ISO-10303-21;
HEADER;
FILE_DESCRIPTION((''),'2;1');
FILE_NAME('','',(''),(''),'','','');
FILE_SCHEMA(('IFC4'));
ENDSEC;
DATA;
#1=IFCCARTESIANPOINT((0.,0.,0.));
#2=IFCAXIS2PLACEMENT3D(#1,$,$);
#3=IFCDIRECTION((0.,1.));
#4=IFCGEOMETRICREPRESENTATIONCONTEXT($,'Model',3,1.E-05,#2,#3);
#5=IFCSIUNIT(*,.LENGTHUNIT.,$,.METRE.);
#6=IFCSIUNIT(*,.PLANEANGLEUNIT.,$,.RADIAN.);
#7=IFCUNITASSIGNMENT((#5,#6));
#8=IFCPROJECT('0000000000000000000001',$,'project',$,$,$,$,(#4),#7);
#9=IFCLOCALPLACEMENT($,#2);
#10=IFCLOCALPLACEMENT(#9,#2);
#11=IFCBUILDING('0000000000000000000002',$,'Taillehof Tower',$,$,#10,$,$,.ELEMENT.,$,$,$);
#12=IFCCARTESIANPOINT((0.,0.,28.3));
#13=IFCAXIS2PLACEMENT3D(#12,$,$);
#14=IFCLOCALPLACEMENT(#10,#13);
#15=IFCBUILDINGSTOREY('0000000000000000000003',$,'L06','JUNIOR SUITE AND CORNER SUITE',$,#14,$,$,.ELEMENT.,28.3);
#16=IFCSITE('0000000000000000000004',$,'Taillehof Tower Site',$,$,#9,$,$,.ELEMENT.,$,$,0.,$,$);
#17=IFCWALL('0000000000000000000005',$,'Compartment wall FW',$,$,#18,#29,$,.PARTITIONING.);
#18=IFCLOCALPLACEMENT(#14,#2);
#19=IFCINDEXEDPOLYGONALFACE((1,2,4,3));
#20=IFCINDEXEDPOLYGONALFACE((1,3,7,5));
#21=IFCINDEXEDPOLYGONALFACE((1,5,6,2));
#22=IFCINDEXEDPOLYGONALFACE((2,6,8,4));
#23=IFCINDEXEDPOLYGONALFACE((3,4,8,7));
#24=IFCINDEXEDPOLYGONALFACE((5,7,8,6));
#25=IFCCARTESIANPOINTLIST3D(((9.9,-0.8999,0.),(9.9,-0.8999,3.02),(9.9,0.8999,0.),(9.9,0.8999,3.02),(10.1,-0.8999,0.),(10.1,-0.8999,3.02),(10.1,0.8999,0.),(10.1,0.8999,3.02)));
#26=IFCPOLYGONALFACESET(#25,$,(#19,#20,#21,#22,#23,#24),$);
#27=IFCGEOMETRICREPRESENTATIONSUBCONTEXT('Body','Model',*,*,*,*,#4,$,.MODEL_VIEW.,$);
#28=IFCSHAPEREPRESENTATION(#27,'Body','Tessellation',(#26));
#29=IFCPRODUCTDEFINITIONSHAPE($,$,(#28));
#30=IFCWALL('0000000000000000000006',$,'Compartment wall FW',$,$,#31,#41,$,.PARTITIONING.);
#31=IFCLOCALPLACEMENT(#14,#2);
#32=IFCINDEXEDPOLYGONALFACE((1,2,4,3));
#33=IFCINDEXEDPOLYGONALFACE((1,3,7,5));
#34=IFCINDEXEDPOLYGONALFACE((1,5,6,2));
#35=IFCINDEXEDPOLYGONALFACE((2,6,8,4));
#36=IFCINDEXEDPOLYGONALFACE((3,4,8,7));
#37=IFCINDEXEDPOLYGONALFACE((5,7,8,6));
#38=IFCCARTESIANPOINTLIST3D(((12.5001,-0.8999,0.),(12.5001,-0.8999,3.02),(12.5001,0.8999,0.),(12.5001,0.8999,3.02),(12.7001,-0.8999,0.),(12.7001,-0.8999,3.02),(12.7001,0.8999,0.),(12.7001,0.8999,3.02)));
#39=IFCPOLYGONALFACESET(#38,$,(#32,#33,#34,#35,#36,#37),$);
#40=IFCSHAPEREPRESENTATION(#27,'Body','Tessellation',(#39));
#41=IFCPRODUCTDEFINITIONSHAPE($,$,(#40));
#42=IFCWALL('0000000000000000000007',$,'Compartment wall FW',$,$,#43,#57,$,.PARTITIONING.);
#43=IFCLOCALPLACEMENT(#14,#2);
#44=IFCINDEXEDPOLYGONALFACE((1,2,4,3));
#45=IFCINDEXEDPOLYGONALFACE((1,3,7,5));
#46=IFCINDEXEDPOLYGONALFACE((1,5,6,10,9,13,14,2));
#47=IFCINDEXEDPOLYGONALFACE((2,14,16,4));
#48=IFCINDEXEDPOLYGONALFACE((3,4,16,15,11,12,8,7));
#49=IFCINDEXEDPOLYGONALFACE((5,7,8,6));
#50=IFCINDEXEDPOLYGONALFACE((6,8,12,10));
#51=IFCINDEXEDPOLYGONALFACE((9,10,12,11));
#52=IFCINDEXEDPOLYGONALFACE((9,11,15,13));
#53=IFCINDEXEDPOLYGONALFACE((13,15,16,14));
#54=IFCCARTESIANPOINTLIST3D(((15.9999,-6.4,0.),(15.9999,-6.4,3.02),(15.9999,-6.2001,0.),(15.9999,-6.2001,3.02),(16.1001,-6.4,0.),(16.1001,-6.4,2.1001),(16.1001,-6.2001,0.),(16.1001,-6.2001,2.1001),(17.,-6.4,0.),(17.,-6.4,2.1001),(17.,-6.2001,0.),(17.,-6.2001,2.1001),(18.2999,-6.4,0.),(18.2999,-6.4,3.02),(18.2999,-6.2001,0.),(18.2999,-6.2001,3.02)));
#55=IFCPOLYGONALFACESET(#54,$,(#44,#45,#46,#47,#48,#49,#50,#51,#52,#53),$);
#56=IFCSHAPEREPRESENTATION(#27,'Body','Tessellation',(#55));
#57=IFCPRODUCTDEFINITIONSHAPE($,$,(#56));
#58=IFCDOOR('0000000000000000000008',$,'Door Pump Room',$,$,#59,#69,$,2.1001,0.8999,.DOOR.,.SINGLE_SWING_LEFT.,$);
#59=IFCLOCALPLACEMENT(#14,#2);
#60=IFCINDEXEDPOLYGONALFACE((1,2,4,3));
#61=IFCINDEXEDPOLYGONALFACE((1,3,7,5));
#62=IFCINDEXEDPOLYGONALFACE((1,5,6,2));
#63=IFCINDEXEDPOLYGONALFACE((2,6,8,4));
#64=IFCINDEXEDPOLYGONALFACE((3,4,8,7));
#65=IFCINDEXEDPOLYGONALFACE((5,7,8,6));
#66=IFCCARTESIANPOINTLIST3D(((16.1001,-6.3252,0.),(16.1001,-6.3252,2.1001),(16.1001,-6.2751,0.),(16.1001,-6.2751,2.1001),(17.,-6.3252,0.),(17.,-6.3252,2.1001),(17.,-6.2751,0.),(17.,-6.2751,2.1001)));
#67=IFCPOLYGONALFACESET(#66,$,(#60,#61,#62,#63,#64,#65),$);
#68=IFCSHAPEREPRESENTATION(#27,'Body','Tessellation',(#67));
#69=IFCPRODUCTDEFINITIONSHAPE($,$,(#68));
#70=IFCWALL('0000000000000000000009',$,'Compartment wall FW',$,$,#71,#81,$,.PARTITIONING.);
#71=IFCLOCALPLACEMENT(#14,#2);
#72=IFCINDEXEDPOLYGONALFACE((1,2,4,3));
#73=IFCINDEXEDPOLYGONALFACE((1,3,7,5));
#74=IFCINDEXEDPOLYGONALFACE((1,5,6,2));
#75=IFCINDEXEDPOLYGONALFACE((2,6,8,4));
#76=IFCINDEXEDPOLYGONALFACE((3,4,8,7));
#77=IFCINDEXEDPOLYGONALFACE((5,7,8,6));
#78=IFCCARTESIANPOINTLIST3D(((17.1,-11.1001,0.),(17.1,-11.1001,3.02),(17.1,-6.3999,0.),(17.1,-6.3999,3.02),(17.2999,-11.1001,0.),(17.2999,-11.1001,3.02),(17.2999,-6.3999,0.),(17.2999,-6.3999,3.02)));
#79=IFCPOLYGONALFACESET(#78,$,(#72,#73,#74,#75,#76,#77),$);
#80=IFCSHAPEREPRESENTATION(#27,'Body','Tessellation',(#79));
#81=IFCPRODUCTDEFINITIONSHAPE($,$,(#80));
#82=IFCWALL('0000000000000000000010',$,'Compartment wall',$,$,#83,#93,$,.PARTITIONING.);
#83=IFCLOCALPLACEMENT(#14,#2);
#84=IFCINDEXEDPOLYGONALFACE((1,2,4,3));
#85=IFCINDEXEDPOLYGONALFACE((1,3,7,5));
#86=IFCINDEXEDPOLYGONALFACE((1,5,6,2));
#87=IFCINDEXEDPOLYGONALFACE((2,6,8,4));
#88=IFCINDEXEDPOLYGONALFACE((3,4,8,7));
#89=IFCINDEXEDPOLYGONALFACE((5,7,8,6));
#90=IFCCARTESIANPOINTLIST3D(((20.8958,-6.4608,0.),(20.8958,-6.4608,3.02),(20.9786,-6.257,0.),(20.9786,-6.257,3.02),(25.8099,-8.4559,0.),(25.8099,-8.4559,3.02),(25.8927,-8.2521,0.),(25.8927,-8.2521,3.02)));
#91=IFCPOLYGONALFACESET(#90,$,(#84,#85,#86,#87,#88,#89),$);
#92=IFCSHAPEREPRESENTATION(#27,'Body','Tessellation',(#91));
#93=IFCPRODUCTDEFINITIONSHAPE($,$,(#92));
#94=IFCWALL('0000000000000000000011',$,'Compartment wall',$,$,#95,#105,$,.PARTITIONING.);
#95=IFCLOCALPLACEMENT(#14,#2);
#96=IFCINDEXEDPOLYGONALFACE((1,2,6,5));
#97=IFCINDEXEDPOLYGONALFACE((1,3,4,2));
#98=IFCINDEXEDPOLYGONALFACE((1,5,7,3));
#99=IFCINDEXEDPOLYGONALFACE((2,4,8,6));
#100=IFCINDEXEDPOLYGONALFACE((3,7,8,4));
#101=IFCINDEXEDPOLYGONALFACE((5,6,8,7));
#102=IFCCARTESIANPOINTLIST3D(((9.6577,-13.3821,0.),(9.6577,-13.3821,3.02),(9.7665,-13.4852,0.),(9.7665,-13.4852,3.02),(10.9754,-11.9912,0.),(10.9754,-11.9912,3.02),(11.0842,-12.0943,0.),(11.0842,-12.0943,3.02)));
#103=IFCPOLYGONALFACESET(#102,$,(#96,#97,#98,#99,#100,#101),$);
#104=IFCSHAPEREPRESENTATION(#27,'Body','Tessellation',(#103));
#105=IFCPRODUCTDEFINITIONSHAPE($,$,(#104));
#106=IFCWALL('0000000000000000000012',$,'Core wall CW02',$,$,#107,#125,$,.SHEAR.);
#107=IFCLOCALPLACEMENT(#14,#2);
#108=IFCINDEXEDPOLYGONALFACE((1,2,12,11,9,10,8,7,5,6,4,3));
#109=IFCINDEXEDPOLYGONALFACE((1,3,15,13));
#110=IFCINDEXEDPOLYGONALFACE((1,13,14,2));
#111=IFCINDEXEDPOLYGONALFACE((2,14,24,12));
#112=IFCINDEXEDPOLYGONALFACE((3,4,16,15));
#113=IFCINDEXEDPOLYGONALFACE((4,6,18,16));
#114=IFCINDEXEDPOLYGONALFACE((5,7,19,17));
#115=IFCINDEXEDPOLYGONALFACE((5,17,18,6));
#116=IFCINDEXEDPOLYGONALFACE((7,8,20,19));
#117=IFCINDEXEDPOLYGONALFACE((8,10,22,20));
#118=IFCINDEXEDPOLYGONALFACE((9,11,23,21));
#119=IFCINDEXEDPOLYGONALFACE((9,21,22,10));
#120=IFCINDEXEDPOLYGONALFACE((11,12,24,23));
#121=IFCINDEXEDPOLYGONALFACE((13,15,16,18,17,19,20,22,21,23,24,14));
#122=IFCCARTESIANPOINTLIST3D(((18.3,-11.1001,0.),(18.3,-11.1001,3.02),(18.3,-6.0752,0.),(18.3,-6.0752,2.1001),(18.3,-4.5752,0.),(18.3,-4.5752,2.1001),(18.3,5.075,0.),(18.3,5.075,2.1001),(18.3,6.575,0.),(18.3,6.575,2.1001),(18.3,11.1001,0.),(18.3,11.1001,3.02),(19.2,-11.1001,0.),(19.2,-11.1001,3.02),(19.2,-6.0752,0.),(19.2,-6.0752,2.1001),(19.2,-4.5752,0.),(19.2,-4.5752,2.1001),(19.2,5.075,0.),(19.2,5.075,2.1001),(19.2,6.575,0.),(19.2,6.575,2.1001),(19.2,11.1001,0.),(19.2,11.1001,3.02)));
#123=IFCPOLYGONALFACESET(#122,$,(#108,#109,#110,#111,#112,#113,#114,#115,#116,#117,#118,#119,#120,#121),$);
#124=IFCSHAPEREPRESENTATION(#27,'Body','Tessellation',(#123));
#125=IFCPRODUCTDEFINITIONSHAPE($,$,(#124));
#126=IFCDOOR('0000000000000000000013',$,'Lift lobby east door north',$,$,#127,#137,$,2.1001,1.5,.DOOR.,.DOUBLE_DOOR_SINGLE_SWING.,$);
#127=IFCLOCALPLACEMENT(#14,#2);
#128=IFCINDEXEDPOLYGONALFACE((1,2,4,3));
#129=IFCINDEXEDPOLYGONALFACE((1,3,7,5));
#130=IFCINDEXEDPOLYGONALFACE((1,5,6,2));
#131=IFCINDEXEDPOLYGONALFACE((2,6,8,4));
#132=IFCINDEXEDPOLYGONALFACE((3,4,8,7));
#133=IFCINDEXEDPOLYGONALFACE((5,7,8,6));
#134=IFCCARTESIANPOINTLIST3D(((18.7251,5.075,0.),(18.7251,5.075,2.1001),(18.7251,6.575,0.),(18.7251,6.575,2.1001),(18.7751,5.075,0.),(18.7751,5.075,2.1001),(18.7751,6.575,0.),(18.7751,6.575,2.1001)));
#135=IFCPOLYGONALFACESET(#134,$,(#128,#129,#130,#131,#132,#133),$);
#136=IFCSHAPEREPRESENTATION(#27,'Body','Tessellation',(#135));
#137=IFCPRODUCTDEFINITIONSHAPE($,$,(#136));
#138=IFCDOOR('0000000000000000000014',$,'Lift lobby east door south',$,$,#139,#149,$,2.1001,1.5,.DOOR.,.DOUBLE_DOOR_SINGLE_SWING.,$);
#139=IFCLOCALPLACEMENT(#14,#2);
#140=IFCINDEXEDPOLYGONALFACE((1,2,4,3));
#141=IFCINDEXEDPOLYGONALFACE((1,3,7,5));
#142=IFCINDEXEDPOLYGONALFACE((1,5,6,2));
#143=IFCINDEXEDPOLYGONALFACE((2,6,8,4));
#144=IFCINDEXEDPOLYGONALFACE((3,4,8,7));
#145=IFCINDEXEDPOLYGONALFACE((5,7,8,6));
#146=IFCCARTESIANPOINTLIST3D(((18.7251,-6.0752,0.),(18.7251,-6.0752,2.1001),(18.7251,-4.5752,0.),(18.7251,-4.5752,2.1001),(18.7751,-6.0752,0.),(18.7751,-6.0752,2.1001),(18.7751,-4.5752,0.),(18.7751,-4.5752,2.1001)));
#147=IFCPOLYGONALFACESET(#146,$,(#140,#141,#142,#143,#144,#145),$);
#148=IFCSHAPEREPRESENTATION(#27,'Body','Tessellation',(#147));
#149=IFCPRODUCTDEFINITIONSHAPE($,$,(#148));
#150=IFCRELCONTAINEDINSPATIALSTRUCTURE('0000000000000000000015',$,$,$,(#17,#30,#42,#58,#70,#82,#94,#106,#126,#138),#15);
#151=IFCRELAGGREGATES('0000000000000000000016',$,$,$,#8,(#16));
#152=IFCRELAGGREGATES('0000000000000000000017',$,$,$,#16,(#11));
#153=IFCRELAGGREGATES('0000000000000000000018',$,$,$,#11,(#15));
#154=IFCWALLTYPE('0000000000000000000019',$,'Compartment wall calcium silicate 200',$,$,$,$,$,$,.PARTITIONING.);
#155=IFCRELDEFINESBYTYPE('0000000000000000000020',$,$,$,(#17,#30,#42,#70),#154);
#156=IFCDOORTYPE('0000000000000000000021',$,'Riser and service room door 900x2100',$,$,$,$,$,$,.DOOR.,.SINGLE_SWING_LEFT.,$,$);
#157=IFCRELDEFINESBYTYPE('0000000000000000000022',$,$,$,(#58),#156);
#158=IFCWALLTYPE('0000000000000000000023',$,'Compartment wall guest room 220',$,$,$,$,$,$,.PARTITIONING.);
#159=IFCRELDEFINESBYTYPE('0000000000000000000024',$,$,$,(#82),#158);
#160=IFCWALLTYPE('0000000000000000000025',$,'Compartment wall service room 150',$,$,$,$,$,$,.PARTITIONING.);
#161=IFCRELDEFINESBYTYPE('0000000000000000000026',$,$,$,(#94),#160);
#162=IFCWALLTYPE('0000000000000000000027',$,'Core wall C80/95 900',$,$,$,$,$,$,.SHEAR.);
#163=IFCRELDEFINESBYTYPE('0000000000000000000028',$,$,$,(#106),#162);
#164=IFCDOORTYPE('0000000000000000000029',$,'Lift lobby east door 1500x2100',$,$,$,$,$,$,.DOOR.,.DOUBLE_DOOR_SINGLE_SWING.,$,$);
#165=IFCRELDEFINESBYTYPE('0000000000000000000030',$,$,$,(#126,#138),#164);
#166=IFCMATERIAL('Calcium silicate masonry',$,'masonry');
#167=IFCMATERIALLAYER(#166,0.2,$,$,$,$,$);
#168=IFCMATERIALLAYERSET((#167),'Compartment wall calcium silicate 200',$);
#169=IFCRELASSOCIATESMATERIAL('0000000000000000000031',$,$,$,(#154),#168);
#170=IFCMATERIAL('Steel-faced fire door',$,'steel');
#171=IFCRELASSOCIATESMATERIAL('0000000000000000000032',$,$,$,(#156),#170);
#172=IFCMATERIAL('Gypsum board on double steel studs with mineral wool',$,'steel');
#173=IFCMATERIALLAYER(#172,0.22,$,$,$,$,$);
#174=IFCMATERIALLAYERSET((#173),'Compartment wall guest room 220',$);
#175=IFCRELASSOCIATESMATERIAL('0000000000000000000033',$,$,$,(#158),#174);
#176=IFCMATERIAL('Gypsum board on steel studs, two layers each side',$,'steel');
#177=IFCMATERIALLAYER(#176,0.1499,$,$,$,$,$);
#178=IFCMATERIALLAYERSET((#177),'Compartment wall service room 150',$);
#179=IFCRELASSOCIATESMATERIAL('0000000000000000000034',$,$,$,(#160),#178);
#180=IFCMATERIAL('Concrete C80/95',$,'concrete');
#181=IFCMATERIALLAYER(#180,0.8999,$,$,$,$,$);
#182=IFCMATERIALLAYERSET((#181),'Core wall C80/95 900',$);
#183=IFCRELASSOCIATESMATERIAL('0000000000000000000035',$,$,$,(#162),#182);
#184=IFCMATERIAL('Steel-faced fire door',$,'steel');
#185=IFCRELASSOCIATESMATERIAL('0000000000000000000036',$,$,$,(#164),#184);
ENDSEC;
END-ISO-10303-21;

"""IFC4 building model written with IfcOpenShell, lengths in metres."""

from ifc_helpers import new_model, si_unit, direction, frame, frame_2d, origin, place, context, subcontext, project, spatial, rectangle, extrude, material, layer, layer_set, type_object, element, fill, save


model = new_model("IFC4")

# Units and contexts
model_context = context("Model", 3, precision=1e-05, world=origin(), true_north=direction((0.0, 1.0)))
body_context = subcontext(model_context, "Body", "Model", "MODEL_VIEW")
ifc_project = project(units=[si_unit("LENGTHUNIT", "METRE"), si_unit("PLANEANGLEUNIT", "RADIAN")], contexts=[model_context])

# Site, building, storey
site_placement = place(None, origin())
site = spatial("IfcSite", under=ifc_project, at=site_placement, Name="Taillehof Tower Site", CompositionType="ELEMENT", RefElevation=0.0)
building_placement = place(site_placement, origin())
building = spatial("IfcBuilding", under=site, at=building_placement, Name="Taillehof Tower", CompositionType="ELEMENT")
storey_placement = place(building_placement, frame((0.0, 0.0, 28.3)))
storey = spatial("IfcBuildingStorey", under=building, at=storey_placement, Name="L06", Description="JUNIOR SUITE AND CORNER SUITE", CompositionType="ELEMENT", Elevation=28.3)

# Walls
ifc_material_1 = material(Name="Calcium silicate masonry", Category="masonry")
ifc_layer_1 = layer(ifc_material_1, 0.2)
ifc_layer_set_1 = layer_set([ifc_layer_1], Name="Compartment wall calcium silicate 200")
wall_type_1 = type_object("IfcWallType", Name="Compartment wall calcium silicate 200", PredefinedType="PARTITIONING", material=ifc_layer_set_1)
for number, where, z_axis, x_axis, name in (
    (1, (10.0, -0.8999, 0.0), (0.0, 0.0, 1.0), (0.0, 1.0, 0.0), "Compartment wall FW"),
    (2, (12.6001, -0.8999, 0.0), (0.0, 0.0, 1.0), (0.0, 1.0, 0.0), "Compartment wall FW"),
):
    element("IfcWall", number, at=place(storey_placement, frame(where, z_axis=z_axis, x_axis=x_axis)), inside=storey, type_object=wall_type_1, Name=name, PredefinedType="PARTITIONING", context=body_context, shape_type="SweptSolid", body=[
        extrude(rectangle(XDim=1.7998, YDim=0.2, at=frame_2d((0.8999, 0.0))), origin(), (0.0, 0.0, 1.0), 3.02),
    ])

# Wall, opening, door
wall_1_placement = place(storey_placement, frame((16.0, -6.3, 0.0), z_axis=(0.0, 0.0, 1.0), x_axis=(1.0, 0.0, 0.0)))
wall_1 = element("IfcWall", 3, at=wall_1_placement, inside=storey, type_object=wall_type_1, Name="Compartment wall FW", PredefinedType="PARTITIONING", context=body_context, shape_type="SweptSolid", body=[
    extrude(rectangle(XDim=2.3, YDim=0.2, at=frame_2d((1.1499, 0.0))), origin(), (0.0, 0.0, 1.0), 3.02),
])
opening_1_placement = place(wall_1_placement, frame((0.1001, 0.0, 0.0)))
opening_1 = element("IfcOpeningElement", 4, at=opening_1_placement, cuts=wall_1, PredefinedType="OPENING", context=body_context, shape_type="SweptSolid", body=[
    extrude(rectangle(XDim=0.8999, YDim=2.1001, at=frame_2d((0.45, 1.05))), frame((0.0, 0.1099, 0.0), z_axis=(0.0, -1.0, 0.0), x_axis=(1.0, 0.0, 0.0)), (0.0, 0.0, 1.0), 0.22),
])
ifc_material_2 = material(Name="Steel-faced fire door", Category="steel")
door_type_1 = type_object("IfcDoorType", Name="Riser and service room door 900x2100", OperationType="SINGLE_SWING_LEFT", PredefinedType="DOOR", material=ifc_material_2)
door_1_placement = place(opening_1_placement, origin())
door_1 = element("IfcDoor", 5, at=door_1_placement, inside=storey, type_object=door_type_1, Name="Door Pump Room", OperationType="SINGLE_SWING_LEFT", OverallHeight=2.1001, OverallWidth=0.8999, PredefinedType="DOOR", context=body_context, shape_type="SweptSolid", body=[
    extrude(rectangle(XDim=0.8999, YDim=2.1001, at=frame_2d((0.45, 1.05))), frame((0.0, 0.0249, 0.0), z_axis=(0.0, -1.0, 0.0), x_axis=(1.0, 0.0, 0.0)), (0.0, 0.0, 1.0), 0.05),
])
fill(opening_1, door_1)

# Walls
wall_2_placement = place(storey_placement, frame((17.2, -11.1001, 0.0), z_axis=(0.0, 0.0, 1.0), x_axis=(0.0, 1.0, 0.0)))
element("IfcWall", 6, at=wall_2_placement, inside=storey, type_object=wall_type_1, Name="Compartment wall FW", PredefinedType="PARTITIONING", context=body_context, shape_type="SweptSolid", body=[
    extrude(rectangle(XDim=4.7002, YDim=0.2, at=frame_2d((2.3501, 0.0))), origin(), (0.0, 0.0, 1.0), 3.02),
])
ifc_material_3 = material(Name="Gypsum board on double steel studs with mineral wool", Category="steel")
ifc_layer_2 = layer(ifc_material_3, 0.22)
ifc_layer_set_2 = layer_set([ifc_layer_2], Name="Compartment wall guest room 220")
wall_type_2 = type_object("IfcWallType", Name="Compartment wall guest room 220", PredefinedType="PARTITIONING", material=ifc_layer_set_2)
wall_3_placement = place(storey_placement, frame((25.8513, -8.354, 0.0), z_axis=(0.0, 0.0, 1.0), x_axis=(-0.926547, 0.376179, 0.0)))
element("IfcWall", 7, at=wall_3_placement, inside=storey, type_object=wall_type_2, Name="Compartment wall", PredefinedType="PARTITIONING", context=body_context, shape_type="SweptSolid", body=[
    extrude(rectangle(XDim=5.3037, YDim=0.22, at=frame_2d((2.6519, 0.0))), origin(), (0.0, 0.0, 1.0), 3.02),
])
ifc_material_4 = material(Name="Gypsum board on steel studs, two layers each side", Category="steel")
ifc_layer_3 = layer(ifc_material_4, 0.1499)
ifc_layer_set_3 = layer_set([ifc_layer_3], Name="Compartment wall service room 150")
wall_type_3 = type_object("IfcWallType", Name="Compartment wall service room 150", PredefinedType="PARTITIONING", material=ifc_layer_set_3)
wall_4_placement = place(storey_placement, frame((11.0298, -12.0427, 0.0), z_axis=(0.0, 0.0, 1.0), x_axis=(-0.687734, -0.725963, 0.0)))
element("IfcWall", 8, at=wall_4_placement, inside=storey, type_object=wall_type_3, Name="Compartment wall", PredefinedType="PARTITIONING", context=body_context, shape_type="SweptSolid", body=[
    extrude(rectangle(XDim=1.916, YDim=0.1499, at=frame_2d((0.958, 0.0))), origin(), (0.0, 0.0, 1.0), 3.02),
])

# Wall, openings, doors
ifc_material_5 = material(Name="Concrete C80/95", Category="concrete")
ifc_layer_4 = layer(ifc_material_5, 0.8999)
ifc_layer_set_4 = layer_set([ifc_layer_4], Name="Core wall C80/95 900")
wall_type_4 = type_object("IfcWallType", Name="Core wall C80/95 900", PredefinedType="SHEAR", material=ifc_layer_set_4)
wall_5_placement = place(storey_placement, frame((18.75, -11.1001, 0.0), z_axis=(0.0, 0.0, 1.0), x_axis=(0.0, 1.0, 0.0)))
wall_5 = element("IfcWall", 9, at=wall_5_placement, inside=storey, type_object=wall_type_4, Name="Core wall CW02", PredefinedType="SHEAR", context=body_context, shape_type="SweptSolid", body=[
    extrude(rectangle(XDim=22.2002, YDim=0.8999, at=frame_2d((11.1001, 0.0))), origin(), (0.0, 0.0, 1.0), 3.02),
])
opening_2_placement = place(wall_5_placement, frame((16.175, 0.0, 0.0)))
opening_2 = element("IfcOpeningElement", 10, at=opening_2_placement, cuts=wall_5, PredefinedType="OPENING", context=body_context, shape_type="SweptSolid", body=[
    extrude(rectangle(XDim=1.5, YDim=2.1001, at=frame_2d((0.75, 1.05))), frame((0.0, 0.46, 0.0), z_axis=(0.0, -1.0, 0.0), x_axis=(1.0, 0.0, 0.0)), (0.0, 0.0, 1.0), 0.9199),
])
opening_3_placement = place(wall_5_placement, frame((5.0249, 0.0, 0.0)))
opening_3 = element("IfcOpeningElement", 11, at=opening_3_placement, cuts=wall_5, PredefinedType="OPENING", context=body_context, shape_type="SweptSolid", body=[
    extrude(rectangle(XDim=1.5, YDim=2.1001, at=frame_2d((0.75, 1.05))), frame((0.0, 0.46, 0.0), z_axis=(0.0, -1.0, 0.0), x_axis=(1.0, 0.0, 0.0)), (0.0, 0.0, 1.0), 0.9199),
])
ifc_material_6 = material(Name="Steel-faced fire door", Category="steel")
door_type_2 = type_object("IfcDoorType", Name="Lift lobby east door 1500x2100", OperationType="DOUBLE_DOOR_SINGLE_SWING", PredefinedType="DOOR", material=ifc_material_6)
door_2_placement = place(opening_2_placement, origin())
door_2 = element("IfcDoor", 12, at=door_2_placement, inside=storey, type_object=door_type_2, Name="Lift lobby east door north", OperationType="DOUBLE_DOOR_SINGLE_SWING", OverallHeight=2.1001, OverallWidth=1.5, PredefinedType="DOOR", context=body_context, shape_type="SweptSolid", body=[
    extrude(rectangle(XDim=1.5, YDim=2.1001, at=frame_2d((0.75, 1.05))), frame((0.0, 0.0249, 0.0), z_axis=(0.0, -1.0, 0.0), x_axis=(1.0, 0.0, 0.0)), (0.0, 0.0, 1.0), 0.05),
])
fill(opening_2, door_2)
door_3_placement = place(opening_3_placement, origin())
door_3 = element("IfcDoor", 13, at=door_3_placement, inside=storey, type_object=door_type_2, Name="Lift lobby east door south", OperationType="DOUBLE_DOOR_SINGLE_SWING", OverallHeight=2.1001, OverallWidth=1.5, PredefinedType="DOOR", context=body_context, shape_type="SweptSolid", body=[
    extrude(rectangle(XDim=1.5, YDim=2.1001, at=frame_2d((0.75, 1.05))), frame((0.0, 0.0249, 0.0), z_axis=(0.0, -1.0, 0.0), x_axis=(1.0, 0.0, 0.0)), (0.0, 0.0, 1.0), 0.05),
])
fill(opening_3, door_3)

save(model, "model.ifc")
